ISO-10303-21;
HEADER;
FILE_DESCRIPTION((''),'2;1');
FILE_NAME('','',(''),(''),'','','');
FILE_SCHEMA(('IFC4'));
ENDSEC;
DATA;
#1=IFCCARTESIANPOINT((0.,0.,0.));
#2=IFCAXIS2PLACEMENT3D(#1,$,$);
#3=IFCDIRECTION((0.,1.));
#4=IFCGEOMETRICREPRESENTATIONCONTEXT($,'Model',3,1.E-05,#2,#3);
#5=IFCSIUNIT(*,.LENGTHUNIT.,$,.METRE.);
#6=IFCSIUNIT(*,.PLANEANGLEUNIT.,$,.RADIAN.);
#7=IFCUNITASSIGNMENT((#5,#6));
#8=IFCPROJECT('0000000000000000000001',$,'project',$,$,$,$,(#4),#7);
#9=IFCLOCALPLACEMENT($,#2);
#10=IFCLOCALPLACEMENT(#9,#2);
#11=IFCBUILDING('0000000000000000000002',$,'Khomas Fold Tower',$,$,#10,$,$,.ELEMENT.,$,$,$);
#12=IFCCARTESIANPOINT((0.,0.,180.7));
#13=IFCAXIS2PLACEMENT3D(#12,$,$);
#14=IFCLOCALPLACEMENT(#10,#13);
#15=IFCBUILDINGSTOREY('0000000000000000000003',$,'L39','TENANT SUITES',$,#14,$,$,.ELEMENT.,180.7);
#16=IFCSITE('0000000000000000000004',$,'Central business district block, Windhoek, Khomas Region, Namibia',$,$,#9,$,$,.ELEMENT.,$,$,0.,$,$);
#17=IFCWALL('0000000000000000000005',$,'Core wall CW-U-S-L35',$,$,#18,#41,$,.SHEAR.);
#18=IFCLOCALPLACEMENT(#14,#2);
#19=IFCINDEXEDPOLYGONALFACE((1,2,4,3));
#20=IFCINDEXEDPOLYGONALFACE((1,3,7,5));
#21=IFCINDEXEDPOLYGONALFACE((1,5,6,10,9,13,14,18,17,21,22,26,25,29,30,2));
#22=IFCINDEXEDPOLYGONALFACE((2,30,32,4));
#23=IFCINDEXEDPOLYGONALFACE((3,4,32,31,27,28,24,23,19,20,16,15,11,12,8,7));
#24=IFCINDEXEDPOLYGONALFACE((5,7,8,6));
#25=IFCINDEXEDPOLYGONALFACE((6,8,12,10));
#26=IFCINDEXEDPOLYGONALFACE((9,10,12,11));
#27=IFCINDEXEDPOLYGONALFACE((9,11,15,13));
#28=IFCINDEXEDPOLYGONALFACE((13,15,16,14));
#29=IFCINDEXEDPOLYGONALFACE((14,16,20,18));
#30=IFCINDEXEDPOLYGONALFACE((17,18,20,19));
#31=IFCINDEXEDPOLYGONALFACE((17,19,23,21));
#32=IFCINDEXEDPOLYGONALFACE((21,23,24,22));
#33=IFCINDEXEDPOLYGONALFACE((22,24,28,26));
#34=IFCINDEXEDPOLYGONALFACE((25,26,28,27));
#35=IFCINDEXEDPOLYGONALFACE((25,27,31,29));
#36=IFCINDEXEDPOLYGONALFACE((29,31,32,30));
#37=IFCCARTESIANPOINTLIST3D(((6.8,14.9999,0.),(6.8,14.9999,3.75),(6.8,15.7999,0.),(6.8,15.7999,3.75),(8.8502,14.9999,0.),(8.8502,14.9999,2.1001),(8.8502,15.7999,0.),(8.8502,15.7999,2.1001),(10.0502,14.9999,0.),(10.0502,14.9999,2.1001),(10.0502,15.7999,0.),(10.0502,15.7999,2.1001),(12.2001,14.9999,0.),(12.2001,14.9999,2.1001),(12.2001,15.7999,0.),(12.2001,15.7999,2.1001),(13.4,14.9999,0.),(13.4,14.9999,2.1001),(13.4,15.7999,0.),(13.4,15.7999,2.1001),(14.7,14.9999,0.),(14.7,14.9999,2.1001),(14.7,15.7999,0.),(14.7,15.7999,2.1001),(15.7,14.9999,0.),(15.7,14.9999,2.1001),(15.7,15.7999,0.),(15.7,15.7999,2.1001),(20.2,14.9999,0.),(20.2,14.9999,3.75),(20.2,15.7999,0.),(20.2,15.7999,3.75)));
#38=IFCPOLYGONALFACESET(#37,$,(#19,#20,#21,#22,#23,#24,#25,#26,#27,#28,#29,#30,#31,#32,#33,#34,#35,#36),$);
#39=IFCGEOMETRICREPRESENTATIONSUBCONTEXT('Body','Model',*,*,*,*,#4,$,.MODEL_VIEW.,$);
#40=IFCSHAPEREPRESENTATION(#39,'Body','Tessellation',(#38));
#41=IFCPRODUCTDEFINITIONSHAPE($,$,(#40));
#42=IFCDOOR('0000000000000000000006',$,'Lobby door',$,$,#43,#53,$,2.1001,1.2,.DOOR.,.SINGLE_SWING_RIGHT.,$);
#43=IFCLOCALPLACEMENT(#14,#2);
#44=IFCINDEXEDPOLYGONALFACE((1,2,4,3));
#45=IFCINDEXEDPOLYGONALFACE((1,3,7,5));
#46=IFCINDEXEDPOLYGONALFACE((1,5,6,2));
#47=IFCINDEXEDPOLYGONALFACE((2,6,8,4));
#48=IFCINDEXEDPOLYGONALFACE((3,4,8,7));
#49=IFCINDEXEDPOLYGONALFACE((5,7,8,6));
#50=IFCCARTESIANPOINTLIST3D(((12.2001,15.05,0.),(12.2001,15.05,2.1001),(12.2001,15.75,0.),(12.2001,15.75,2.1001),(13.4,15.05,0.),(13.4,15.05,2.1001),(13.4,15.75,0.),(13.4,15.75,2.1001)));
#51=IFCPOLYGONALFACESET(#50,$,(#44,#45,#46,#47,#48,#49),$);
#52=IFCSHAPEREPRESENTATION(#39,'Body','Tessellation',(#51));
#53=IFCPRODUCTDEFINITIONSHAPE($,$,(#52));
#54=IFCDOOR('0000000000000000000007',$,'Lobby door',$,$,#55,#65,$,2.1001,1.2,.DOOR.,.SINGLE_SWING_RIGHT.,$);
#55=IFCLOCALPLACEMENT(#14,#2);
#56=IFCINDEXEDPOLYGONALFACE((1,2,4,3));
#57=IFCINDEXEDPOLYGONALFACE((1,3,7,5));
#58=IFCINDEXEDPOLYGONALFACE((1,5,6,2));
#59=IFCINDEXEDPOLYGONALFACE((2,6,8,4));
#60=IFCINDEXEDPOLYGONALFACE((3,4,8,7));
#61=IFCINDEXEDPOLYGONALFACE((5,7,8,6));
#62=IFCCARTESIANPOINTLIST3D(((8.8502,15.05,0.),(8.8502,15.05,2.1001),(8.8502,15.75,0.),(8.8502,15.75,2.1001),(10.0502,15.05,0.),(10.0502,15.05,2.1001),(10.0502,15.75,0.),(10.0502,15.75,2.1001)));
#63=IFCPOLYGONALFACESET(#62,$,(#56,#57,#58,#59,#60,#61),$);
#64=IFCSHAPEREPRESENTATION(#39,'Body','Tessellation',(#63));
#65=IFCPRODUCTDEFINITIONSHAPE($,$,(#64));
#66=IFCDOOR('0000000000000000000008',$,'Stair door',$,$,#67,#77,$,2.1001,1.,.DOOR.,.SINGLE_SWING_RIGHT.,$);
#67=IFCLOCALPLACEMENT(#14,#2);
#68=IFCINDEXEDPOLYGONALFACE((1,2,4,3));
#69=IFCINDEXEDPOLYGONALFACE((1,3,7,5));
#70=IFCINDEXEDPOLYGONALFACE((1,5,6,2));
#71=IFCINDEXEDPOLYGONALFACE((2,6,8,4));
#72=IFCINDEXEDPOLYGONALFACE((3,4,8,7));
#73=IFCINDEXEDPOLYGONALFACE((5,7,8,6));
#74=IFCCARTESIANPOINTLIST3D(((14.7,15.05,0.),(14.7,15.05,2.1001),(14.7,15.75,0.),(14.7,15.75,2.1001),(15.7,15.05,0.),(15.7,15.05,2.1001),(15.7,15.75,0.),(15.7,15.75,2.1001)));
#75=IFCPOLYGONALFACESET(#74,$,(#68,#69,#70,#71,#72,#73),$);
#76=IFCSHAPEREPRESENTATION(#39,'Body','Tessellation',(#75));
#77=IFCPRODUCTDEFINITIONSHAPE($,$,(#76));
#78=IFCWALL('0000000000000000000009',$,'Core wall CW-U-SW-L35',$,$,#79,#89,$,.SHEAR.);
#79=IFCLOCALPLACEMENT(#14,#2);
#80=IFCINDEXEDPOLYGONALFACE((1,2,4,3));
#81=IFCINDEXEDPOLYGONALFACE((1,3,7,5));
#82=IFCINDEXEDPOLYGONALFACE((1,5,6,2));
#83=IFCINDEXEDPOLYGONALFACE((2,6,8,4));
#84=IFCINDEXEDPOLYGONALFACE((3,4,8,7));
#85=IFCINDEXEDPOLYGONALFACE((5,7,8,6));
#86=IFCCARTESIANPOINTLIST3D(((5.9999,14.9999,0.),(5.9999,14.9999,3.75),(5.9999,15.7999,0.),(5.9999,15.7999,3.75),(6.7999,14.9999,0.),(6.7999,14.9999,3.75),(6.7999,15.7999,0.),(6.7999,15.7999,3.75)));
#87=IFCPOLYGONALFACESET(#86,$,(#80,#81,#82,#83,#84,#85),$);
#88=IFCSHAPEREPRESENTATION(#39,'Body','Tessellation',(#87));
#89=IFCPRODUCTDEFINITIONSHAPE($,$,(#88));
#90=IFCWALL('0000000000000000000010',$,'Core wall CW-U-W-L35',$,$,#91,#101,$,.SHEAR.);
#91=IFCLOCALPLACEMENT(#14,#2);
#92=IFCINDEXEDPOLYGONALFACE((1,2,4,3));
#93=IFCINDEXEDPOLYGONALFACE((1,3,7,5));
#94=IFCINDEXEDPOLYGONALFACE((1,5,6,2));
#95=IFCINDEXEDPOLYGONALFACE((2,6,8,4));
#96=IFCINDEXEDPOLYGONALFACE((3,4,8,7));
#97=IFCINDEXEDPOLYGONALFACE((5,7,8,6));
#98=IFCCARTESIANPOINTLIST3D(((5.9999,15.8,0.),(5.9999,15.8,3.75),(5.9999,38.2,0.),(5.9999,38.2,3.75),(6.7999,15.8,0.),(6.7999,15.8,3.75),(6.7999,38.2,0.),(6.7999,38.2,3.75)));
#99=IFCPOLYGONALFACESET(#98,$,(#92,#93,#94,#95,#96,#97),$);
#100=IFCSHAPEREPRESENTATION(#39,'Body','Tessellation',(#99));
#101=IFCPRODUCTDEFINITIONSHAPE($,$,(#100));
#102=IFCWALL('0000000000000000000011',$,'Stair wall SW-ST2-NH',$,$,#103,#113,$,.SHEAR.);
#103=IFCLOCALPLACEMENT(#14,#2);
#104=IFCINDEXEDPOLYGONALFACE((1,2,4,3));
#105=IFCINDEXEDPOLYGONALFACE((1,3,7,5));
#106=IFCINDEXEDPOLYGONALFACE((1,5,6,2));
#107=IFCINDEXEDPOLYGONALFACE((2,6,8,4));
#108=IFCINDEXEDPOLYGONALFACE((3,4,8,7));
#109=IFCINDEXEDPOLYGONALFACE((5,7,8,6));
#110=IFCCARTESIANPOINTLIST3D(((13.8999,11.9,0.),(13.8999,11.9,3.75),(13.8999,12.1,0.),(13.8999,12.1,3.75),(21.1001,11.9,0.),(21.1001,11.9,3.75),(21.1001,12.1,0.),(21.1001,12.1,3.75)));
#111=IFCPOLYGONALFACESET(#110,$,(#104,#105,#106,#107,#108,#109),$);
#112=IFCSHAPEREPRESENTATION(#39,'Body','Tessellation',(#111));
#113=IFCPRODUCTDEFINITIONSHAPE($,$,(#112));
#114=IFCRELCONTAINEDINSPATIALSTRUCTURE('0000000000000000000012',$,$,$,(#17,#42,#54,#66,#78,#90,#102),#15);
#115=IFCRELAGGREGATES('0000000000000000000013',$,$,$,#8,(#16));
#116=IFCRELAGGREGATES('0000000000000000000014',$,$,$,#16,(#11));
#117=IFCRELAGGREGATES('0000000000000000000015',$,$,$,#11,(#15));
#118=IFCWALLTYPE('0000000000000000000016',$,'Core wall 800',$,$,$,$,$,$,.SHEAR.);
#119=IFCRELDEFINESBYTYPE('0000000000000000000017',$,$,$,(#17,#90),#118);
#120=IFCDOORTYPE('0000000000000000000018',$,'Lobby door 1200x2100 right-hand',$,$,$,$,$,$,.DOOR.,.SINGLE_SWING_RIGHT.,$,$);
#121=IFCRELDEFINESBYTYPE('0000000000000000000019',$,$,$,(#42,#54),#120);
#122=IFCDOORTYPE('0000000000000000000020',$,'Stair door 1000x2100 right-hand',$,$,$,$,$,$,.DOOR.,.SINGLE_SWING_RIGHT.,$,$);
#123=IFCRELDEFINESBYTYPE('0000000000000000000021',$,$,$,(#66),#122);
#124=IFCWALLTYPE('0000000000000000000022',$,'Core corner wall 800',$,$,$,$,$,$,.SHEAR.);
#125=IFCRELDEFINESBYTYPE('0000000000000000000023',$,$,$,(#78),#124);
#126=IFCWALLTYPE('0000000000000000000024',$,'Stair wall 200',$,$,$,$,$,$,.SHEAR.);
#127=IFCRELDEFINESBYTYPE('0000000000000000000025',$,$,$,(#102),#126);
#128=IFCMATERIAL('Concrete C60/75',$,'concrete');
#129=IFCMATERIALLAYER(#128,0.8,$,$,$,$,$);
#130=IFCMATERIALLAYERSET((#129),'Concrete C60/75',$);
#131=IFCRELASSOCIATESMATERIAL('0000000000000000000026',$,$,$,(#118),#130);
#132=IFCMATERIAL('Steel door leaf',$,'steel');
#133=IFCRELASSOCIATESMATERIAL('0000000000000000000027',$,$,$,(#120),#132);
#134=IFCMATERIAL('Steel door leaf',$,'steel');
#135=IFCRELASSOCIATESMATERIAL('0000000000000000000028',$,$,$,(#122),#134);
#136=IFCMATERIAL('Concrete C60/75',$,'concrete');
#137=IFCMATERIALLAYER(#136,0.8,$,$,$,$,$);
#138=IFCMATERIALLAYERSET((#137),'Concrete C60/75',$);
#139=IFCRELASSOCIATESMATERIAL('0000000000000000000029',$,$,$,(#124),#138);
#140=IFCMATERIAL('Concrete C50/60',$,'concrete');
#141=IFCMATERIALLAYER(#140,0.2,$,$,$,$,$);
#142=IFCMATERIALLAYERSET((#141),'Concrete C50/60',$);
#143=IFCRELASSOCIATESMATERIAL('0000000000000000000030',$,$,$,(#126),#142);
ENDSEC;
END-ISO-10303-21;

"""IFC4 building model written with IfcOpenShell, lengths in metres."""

from ifc_helpers import new_model, si_unit, direction, frame, frame_2d, origin, place, context, subcontext, project, spatial, rectangle, extrude, source, transform, mapped, material, layer, layer_set, type_object, element, fill, save


model = new_model("IFC4")

# Units and contexts
model_context = context("Model", 3, precision=1e-05, world=origin(), true_north=direction((0.0, 1.0)))
body_context = subcontext(model_context, "Body", "Model", "MODEL_VIEW")
ifc_project = project(units=[si_unit("LENGTHUNIT", "METRE"), si_unit("PLANEANGLEUNIT", "RADIAN")], contexts=[model_context])

# Site, building, storey
site_placement = place(None, origin())
site = spatial("IfcSite", under=ifc_project, at=site_placement, Name="Central business district block, Windhoek, Khomas Region, Namibia", CompositionType="ELEMENT", RefElevation=0.0)
building_placement = place(site_placement, origin())
building = spatial("IfcBuilding", under=site, at=building_placement, Name="Khomas Fold Tower", CompositionType="ELEMENT")
storey_placement = place(building_placement, frame((0.0, 0.0, 180.7)))
storey = spatial("IfcBuildingStorey", under=building, at=storey_placement, Name="L39", Description="TENANT SUITES", CompositionType="ELEMENT", Elevation=180.7)

# Wall, openings, doors
ifc_material_1 = material(Name="Concrete C60/75", Category="concrete")
ifc_layer_1 = layer(ifc_material_1, 0.8)
ifc_layer_set_1 = layer_set([ifc_layer_1], Name="Concrete C60/75")
wall_type_1 = type_object("IfcWallType", Name="Core wall 800", PredefinedType="SHEAR", material=ifc_layer_set_1)
shared_shape_1 = source(origin(), body_context, "Body", "SweptSolid", [
    extrude(rectangle(XDim=13.3999, YDim=0.8, at=frame_2d((6.7, 0.0))), origin(), (0.0, 0.0, 1.0), 3.75),
])
wall_1_placement = place(storey_placement, frame((6.8, 15.3999, 0.0), z_axis=(0.0, 0.0, 1.0), x_axis=(1.0, 0.0, 0.0)))
wall_1 = element("IfcWall", 1, at=wall_1_placement, inside=storey, type_object=wall_type_1, Name="Core wall CW-U-S-L35", PredefinedType="SHEAR", context=body_context, shape_type="MappedRepresentation", body=[
    mapped(shared_shape_1, transform((0.0, 0.0, 0.0))),
])
shared_shape_2 = source(origin(), body_context, "Body", "SweptSolid", [
    extrude(rectangle(XDim=1.2, YDim=2.1001, at=frame_2d((0.6001, 1.05))), frame((0.0, 0.4099, 0.0), z_axis=(0.0, -1.0, 0.0), x_axis=(1.0, 0.0, 0.0)), (0.0, 0.0, 1.0), 0.8201),
])
opening_1_placement = place(wall_1_placement, frame((5.3999, 0.0, 0.0)))
opening_1 = element("IfcOpeningElement", 2, at=opening_1_placement, cuts=wall_1, PredefinedType="OPENING", context=body_context, shape_type="MappedRepresentation", body=[
    mapped(shared_shape_2, transform((0.0, 0.0, 0.0))),
])
opening_2_placement = place(wall_1_placement, frame((2.05, 0.0, 0.0)))
opening_2 = element("IfcOpeningElement", 3, at=opening_2_placement, cuts=wall_1, PredefinedType="OPENING", context=body_context, shape_type="MappedRepresentation", body=[
    mapped(shared_shape_2, transform((0.0, 0.0, 0.0))),
])
shared_shape_3 = source(origin(), body_context, "Body", "SweptSolid", [
    extrude(rectangle(XDim=1.0, YDim=2.1001, at=frame_2d((0.5, 1.05))), frame((0.0, 0.4099, 0.0), z_axis=(0.0, -1.0, 0.0), x_axis=(1.0, 0.0, 0.0)), (0.0, 0.0, 1.0), 0.8201),
])
opening_3_placement = place(wall_1_placement, frame((7.8999, 0.0, 0.0)))
opening_3 = element("IfcOpeningElement", 4, at=opening_3_placement, cuts=wall_1, PredefinedType="OPENING", context=body_context, shape_type="MappedRepresentation", body=[
    mapped(shared_shape_3, transform((0.0, 0.0, 0.0))),
])
ifc_material_2 = material(Name="Steel door leaf", Category="steel")
door_type_1 = type_object("IfcDoorType", Name="Lobby door 1200x2100 right-hand", OperationType="SINGLE_SWING_RIGHT", PredefinedType="DOOR", material=ifc_material_2)
shared_shape_4 = source(origin(), body_context, "Body", "SweptSolid", [
    extrude(rectangle(XDim=1.2, YDim=2.1001, at=frame_2d((0.6001, 1.05))), frame((0.0, 0.3501, 0.0), z_axis=(0.0, -1.0, 0.0), x_axis=(1.0, 0.0, 0.0)), (0.0, 0.0, 1.0), 0.7),
])
door_1_placement = place(opening_1_placement, origin())
door_1 = element("IfcDoor", 5, at=door_1_placement, inside=storey, type_object=door_type_1, Name="Lobby door", OperationType="SINGLE_SWING_RIGHT", OverallHeight=2.1001, OverallWidth=1.2, PredefinedType="DOOR", context=body_context, shape_type="MappedRepresentation", body=[
    mapped(shared_shape_4, transform((0.0, 0.0, 0.0))),
])
fill(opening_1, door_1)
door_2_placement = place(opening_2_placement, origin())
door_2 = element("IfcDoor", 6, at=door_2_placement, inside=storey, type_object=door_type_1, Name="Lobby door", OperationType="SINGLE_SWING_RIGHT", OverallHeight=2.1001, OverallWidth=1.2, PredefinedType="DOOR", context=body_context, shape_type="MappedRepresentation", body=[
    mapped(shared_shape_4, transform((0.0, 0.0, 0.0))),
])
fill(opening_2, door_2)
ifc_material_3 = material(Name="Steel door leaf", Category="steel")
door_type_2 = type_object("IfcDoorType", Name="Stair door 1000x2100 right-hand", OperationType="SINGLE_SWING_RIGHT", PredefinedType="DOOR", material=ifc_material_3)
shared_shape_5 = source(origin(), body_context, "Body", "SweptSolid", [
    extrude(rectangle(XDim=1.0, YDim=2.1001, at=frame_2d((0.5, 1.05))), frame((0.0, 0.3501, 0.0), z_axis=(0.0, -1.0, 0.0), x_axis=(1.0, 0.0, 0.0)), (0.0, 0.0, 1.0), 0.7),
])
door_3_placement = place(opening_3_placement, origin())
door_3 = element("IfcDoor", 7, at=door_3_placement, inside=storey, type_object=door_type_2, Name="Stair door", OperationType="SINGLE_SWING_RIGHT", OverallHeight=2.1001, OverallWidth=1.0, PredefinedType="DOOR", context=body_context, shape_type="MappedRepresentation", body=[
    mapped(shared_shape_5, transform((0.0, 0.0, 0.0))),
])
fill(opening_3, door_3)

# Walls
ifc_material_4 = material(Name="Concrete C60/75", Category="concrete")
ifc_layer_2 = layer(ifc_material_4, 0.8)
ifc_layer_set_2 = layer_set([ifc_layer_2], Name="Concrete C60/75")
wall_type_2 = type_object("IfcWallType", Name="Core corner wall 800", PredefinedType="SHEAR", material=ifc_layer_set_2)
shared_shape_6 = source(origin(), body_context, "Body", "SweptSolid", [
    extrude(rectangle(XDim=0.8, YDim=0.8, at=frame_2d((0.3999, 0.0))), origin(), (0.0, 0.0, 1.0), 3.75),
])
wall_2_placement = place(storey_placement, frame((6.0, 15.3999, 0.0), z_axis=(0.0, 0.0, 1.0), x_axis=(1.0, 0.0, 0.0)))
element("IfcWall", 8, at=wall_2_placement, inside=storey, type_object=wall_type_2, Name="Core wall CW-U-SW-L35", PredefinedType="SHEAR", context=body_context, shape_type="MappedRepresentation", body=[
    mapped(shared_shape_6, transform((0.0, 0.0, 0.0))),
])
shared_shape_7 = source(origin(), body_context, "Body", "SweptSolid", [
    extrude(rectangle(XDim=22.3999, YDim=0.8, at=frame_2d((11.2, 0.0))), origin(), (0.0, 0.0, 1.0), 3.75),
])
wall_3_placement = place(storey_placement, frame((6.3999, 15.8, 0.0), z_axis=(0.0, 0.0, 1.0), x_axis=(0.0, 1.0, 0.0)))
element("IfcWall", 9, at=wall_3_placement, inside=storey, type_object=wall_type_1, Name="Core wall CW-U-W-L35", PredefinedType="SHEAR", context=body_context, shape_type="MappedRepresentation", body=[
    mapped(shared_shape_7, transform((0.0, 0.0, 0.0))),
])
ifc_material_5 = material(Name="Concrete C50/60", Category="concrete")
ifc_layer_3 = layer(ifc_material_5, 0.2)
ifc_layer_set_3 = layer_set([ifc_layer_3], Name="Concrete C50/60")
wall_type_3 = type_object("IfcWallType", Name="Stair wall 200", PredefinedType="SHEAR", material=ifc_layer_set_3)
shared_shape_8 = source(origin(), body_context, "Body", "SweptSolid", [
    extrude(rectangle(XDim=7.2002, YDim=0.2, at=frame_2d((3.6001, 0.0))), origin(), (0.0, 0.0, 1.0), 3.75),
])
wall_4_placement = place(storey_placement, frame((13.8999, 12.0, 0.0), z_axis=(0.0, 0.0, 1.0), x_axis=(1.0, 0.0, 0.0)))
element("IfcWall", 10, at=wall_4_placement, inside=storey, type_object=wall_type_3, Name="Stair wall SW-ST2-NH", PredefinedType="SHEAR", context=body_context, shape_type="MappedRepresentation", body=[
    mapped(shared_shape_8, transform((0.0, 0.0, 0.0))),
])

save(model, "model.ifc")
